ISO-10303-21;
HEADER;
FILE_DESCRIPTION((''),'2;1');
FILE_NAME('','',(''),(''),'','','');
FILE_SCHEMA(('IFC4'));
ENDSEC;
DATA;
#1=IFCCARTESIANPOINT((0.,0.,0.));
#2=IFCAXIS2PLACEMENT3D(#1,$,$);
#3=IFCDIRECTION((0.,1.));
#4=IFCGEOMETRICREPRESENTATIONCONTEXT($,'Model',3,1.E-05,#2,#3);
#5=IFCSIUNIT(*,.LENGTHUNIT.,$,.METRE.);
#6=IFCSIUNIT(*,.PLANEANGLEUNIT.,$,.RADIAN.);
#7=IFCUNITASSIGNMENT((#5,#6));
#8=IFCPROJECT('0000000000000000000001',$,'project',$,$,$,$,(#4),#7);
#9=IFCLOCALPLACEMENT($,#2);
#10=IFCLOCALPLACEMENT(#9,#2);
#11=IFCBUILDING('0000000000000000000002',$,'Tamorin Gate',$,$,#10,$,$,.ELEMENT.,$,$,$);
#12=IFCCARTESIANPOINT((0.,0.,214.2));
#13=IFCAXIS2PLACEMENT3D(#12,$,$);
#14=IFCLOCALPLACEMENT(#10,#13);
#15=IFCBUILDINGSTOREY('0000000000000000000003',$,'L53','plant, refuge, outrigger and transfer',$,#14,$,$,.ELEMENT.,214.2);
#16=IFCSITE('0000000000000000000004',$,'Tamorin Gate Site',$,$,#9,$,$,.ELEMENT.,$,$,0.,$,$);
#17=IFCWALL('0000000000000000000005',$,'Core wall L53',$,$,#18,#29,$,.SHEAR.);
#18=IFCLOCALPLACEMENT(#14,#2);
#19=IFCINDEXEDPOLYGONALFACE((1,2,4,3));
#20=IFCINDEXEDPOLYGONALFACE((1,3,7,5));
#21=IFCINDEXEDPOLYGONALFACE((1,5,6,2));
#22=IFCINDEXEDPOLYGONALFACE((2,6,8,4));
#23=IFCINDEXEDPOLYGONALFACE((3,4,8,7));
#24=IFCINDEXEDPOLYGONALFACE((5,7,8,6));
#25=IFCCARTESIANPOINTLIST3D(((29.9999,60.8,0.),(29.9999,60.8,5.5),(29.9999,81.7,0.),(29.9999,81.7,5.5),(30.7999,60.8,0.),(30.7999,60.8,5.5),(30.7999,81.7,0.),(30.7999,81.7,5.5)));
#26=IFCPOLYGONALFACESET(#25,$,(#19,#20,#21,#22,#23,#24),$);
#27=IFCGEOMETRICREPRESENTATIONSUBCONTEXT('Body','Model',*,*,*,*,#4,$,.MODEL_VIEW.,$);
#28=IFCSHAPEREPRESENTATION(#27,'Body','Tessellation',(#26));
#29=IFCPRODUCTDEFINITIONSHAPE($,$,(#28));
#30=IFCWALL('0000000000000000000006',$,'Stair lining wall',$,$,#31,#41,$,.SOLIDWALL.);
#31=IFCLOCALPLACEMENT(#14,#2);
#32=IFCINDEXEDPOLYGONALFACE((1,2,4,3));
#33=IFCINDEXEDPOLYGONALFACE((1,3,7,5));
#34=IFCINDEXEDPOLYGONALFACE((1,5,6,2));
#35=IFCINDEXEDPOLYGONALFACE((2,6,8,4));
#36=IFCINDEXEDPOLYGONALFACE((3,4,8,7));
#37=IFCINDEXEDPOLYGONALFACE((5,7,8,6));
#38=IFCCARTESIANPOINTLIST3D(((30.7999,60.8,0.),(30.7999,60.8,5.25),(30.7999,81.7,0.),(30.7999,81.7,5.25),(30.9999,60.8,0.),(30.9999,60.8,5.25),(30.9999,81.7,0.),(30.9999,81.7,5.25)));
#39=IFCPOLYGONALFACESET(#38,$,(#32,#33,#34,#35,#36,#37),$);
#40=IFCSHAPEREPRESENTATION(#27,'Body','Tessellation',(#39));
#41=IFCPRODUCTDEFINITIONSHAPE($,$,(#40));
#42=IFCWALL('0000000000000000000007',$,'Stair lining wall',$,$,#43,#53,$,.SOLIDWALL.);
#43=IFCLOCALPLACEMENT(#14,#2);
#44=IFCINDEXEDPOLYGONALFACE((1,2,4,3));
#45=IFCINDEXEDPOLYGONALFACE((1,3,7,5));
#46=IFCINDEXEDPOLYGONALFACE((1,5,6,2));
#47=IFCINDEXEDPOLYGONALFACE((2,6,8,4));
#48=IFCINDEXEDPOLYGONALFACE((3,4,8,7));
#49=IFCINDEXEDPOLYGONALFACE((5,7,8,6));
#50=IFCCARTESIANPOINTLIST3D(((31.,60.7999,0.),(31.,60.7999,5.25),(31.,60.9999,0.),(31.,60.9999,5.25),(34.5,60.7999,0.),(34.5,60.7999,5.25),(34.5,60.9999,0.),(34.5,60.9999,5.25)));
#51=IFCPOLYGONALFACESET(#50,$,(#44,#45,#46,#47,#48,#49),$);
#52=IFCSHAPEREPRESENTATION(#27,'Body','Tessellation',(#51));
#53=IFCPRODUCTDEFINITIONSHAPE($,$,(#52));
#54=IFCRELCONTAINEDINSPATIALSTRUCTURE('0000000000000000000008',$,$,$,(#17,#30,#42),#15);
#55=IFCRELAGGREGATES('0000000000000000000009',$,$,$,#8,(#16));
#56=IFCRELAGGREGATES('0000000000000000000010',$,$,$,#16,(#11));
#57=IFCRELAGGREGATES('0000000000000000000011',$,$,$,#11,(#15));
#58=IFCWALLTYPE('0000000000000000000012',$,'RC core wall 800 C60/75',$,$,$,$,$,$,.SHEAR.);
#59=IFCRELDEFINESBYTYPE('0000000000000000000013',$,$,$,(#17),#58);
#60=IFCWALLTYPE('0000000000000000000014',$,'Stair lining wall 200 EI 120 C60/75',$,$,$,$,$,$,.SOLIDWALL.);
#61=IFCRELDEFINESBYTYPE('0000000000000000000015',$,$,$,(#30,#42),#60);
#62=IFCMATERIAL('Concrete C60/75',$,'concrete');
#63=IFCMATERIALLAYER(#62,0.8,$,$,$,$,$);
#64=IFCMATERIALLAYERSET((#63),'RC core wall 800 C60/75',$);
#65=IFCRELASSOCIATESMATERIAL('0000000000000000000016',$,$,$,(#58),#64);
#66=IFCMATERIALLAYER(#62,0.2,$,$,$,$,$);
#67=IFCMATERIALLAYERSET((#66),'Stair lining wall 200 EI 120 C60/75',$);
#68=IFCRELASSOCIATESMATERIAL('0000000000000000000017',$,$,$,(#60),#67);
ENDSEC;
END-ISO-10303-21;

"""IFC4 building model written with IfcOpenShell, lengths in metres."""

from ifc_helpers import new_model, si_unit, direction, frame, frame_2d, origin, place, context, subcontext, project, spatial, rectangle, extrude, material, layer, layer_set, type_object, element, save


model = new_model("IFC4")

# Units and contexts
model_context = context("Model", 3, precision=1e-05, world=origin(), true_north=direction((0.0, 1.0)))
body_context = subcontext(model_context, "Body", "Model", "MODEL_VIEW")
ifc_project = project(units=[si_unit("LENGTHUNIT", "METRE"), si_unit("PLANEANGLEUNIT", "RADIAN")], contexts=[model_context])

# Site, building, storey
site_placement = place(None, origin())
site = spatial("IfcSite", under=ifc_project, at=site_placement, Name="Tamorin Gate Site", CompositionType="ELEMENT", RefElevation=0.0)
building_placement = place(site_placement, origin())
building = spatial("IfcBuilding", under=site, at=building_placement, Name="Tamorin Gate", CompositionType="ELEMENT")
storey_placement = place(building_placement, frame((0.0, 0.0, 214.2)))
storey = spatial("IfcBuildingStorey", under=building, at=storey_placement, Name="L53", Description="plant, refuge, outrigger and transfer", CompositionType="ELEMENT", Elevation=214.2)

# Shared definitions
ifc_material_1 = material(Name="Concrete C60/75", Category="concrete")

# Shared definitions
ifc_layer_1 = layer(ifc_material_1, 0.8)
ifc_layer_set_1 = layer_set([ifc_layer_1], Name="RC core wall 800 C60/75")
wall_type_1 = type_object("IfcWallType", Name="RC core wall 800 C60/75", PredefinedType="SHEAR", material=ifc_layer_set_1)

# Walls
wall_1_placement = place(storey_placement, frame((30.3999, 60.8, 0.0), z_axis=(0.0, 0.0, 1.0), x_axis=(0.0, 1.0, 0.0)))
element("IfcWall", 1, at=wall_1_placement, inside=storey, type_object=wall_type_1, Name="Core wall L53", PredefinedType="SHEAR", context=body_context, shape_type="SweptSolid", body=[
    extrude(rectangle(XDim=20.8999, YDim=0.8, at=frame_2d((10.45, 0.0))), origin(), (0.0, 0.0, 1.0), 5.5),
])
ifc_layer_2 = layer(ifc_material_1, 0.2)
ifc_layer_set_2 = layer_set([ifc_layer_2], Name="Stair lining wall 200 EI 120 C60/75")
wall_type_2 = type_object("IfcWallType", Name="Stair lining wall 200 EI 120 C60/75", PredefinedType="SOLIDWALL", material=ifc_layer_set_2)
wall_2_placement = place(storey_placement, frame((30.8999, 60.8, 0.0), z_axis=(0.0, 0.0, 1.0), x_axis=(0.0, 1.0, 0.0)))
element("IfcWall", 2, at=wall_2_placement, inside=storey, type_object=wall_type_2, Name="Stair lining wall", PredefinedType="SOLIDWALL", context=body_context, shape_type="SweptSolid", body=[
    extrude(rectangle(XDim=20.8999, YDim=0.2, at=frame_2d((10.45, 0.0))), origin(), (0.0, 0.0, 1.0), 5.25),
])
wall_3_placement = place(storey_placement, frame((31.0, 60.8999, 0.0), z_axis=(0.0, 0.0, 1.0), x_axis=(1.0, 0.0, 0.0)))
element("IfcWall", 3, at=wall_3_placement, inside=storey, type_object=wall_type_2, Name="Stair lining wall", PredefinedType="SOLIDWALL", context=body_context, shape_type="SweptSolid", body=[
    extrude(rectangle(XDim=3.5, YDim=0.2, at=frame_2d((1.75, 0.0))), origin(), (0.0, 0.0, 1.0), 5.25),
])

save(model, "model.ifc")
